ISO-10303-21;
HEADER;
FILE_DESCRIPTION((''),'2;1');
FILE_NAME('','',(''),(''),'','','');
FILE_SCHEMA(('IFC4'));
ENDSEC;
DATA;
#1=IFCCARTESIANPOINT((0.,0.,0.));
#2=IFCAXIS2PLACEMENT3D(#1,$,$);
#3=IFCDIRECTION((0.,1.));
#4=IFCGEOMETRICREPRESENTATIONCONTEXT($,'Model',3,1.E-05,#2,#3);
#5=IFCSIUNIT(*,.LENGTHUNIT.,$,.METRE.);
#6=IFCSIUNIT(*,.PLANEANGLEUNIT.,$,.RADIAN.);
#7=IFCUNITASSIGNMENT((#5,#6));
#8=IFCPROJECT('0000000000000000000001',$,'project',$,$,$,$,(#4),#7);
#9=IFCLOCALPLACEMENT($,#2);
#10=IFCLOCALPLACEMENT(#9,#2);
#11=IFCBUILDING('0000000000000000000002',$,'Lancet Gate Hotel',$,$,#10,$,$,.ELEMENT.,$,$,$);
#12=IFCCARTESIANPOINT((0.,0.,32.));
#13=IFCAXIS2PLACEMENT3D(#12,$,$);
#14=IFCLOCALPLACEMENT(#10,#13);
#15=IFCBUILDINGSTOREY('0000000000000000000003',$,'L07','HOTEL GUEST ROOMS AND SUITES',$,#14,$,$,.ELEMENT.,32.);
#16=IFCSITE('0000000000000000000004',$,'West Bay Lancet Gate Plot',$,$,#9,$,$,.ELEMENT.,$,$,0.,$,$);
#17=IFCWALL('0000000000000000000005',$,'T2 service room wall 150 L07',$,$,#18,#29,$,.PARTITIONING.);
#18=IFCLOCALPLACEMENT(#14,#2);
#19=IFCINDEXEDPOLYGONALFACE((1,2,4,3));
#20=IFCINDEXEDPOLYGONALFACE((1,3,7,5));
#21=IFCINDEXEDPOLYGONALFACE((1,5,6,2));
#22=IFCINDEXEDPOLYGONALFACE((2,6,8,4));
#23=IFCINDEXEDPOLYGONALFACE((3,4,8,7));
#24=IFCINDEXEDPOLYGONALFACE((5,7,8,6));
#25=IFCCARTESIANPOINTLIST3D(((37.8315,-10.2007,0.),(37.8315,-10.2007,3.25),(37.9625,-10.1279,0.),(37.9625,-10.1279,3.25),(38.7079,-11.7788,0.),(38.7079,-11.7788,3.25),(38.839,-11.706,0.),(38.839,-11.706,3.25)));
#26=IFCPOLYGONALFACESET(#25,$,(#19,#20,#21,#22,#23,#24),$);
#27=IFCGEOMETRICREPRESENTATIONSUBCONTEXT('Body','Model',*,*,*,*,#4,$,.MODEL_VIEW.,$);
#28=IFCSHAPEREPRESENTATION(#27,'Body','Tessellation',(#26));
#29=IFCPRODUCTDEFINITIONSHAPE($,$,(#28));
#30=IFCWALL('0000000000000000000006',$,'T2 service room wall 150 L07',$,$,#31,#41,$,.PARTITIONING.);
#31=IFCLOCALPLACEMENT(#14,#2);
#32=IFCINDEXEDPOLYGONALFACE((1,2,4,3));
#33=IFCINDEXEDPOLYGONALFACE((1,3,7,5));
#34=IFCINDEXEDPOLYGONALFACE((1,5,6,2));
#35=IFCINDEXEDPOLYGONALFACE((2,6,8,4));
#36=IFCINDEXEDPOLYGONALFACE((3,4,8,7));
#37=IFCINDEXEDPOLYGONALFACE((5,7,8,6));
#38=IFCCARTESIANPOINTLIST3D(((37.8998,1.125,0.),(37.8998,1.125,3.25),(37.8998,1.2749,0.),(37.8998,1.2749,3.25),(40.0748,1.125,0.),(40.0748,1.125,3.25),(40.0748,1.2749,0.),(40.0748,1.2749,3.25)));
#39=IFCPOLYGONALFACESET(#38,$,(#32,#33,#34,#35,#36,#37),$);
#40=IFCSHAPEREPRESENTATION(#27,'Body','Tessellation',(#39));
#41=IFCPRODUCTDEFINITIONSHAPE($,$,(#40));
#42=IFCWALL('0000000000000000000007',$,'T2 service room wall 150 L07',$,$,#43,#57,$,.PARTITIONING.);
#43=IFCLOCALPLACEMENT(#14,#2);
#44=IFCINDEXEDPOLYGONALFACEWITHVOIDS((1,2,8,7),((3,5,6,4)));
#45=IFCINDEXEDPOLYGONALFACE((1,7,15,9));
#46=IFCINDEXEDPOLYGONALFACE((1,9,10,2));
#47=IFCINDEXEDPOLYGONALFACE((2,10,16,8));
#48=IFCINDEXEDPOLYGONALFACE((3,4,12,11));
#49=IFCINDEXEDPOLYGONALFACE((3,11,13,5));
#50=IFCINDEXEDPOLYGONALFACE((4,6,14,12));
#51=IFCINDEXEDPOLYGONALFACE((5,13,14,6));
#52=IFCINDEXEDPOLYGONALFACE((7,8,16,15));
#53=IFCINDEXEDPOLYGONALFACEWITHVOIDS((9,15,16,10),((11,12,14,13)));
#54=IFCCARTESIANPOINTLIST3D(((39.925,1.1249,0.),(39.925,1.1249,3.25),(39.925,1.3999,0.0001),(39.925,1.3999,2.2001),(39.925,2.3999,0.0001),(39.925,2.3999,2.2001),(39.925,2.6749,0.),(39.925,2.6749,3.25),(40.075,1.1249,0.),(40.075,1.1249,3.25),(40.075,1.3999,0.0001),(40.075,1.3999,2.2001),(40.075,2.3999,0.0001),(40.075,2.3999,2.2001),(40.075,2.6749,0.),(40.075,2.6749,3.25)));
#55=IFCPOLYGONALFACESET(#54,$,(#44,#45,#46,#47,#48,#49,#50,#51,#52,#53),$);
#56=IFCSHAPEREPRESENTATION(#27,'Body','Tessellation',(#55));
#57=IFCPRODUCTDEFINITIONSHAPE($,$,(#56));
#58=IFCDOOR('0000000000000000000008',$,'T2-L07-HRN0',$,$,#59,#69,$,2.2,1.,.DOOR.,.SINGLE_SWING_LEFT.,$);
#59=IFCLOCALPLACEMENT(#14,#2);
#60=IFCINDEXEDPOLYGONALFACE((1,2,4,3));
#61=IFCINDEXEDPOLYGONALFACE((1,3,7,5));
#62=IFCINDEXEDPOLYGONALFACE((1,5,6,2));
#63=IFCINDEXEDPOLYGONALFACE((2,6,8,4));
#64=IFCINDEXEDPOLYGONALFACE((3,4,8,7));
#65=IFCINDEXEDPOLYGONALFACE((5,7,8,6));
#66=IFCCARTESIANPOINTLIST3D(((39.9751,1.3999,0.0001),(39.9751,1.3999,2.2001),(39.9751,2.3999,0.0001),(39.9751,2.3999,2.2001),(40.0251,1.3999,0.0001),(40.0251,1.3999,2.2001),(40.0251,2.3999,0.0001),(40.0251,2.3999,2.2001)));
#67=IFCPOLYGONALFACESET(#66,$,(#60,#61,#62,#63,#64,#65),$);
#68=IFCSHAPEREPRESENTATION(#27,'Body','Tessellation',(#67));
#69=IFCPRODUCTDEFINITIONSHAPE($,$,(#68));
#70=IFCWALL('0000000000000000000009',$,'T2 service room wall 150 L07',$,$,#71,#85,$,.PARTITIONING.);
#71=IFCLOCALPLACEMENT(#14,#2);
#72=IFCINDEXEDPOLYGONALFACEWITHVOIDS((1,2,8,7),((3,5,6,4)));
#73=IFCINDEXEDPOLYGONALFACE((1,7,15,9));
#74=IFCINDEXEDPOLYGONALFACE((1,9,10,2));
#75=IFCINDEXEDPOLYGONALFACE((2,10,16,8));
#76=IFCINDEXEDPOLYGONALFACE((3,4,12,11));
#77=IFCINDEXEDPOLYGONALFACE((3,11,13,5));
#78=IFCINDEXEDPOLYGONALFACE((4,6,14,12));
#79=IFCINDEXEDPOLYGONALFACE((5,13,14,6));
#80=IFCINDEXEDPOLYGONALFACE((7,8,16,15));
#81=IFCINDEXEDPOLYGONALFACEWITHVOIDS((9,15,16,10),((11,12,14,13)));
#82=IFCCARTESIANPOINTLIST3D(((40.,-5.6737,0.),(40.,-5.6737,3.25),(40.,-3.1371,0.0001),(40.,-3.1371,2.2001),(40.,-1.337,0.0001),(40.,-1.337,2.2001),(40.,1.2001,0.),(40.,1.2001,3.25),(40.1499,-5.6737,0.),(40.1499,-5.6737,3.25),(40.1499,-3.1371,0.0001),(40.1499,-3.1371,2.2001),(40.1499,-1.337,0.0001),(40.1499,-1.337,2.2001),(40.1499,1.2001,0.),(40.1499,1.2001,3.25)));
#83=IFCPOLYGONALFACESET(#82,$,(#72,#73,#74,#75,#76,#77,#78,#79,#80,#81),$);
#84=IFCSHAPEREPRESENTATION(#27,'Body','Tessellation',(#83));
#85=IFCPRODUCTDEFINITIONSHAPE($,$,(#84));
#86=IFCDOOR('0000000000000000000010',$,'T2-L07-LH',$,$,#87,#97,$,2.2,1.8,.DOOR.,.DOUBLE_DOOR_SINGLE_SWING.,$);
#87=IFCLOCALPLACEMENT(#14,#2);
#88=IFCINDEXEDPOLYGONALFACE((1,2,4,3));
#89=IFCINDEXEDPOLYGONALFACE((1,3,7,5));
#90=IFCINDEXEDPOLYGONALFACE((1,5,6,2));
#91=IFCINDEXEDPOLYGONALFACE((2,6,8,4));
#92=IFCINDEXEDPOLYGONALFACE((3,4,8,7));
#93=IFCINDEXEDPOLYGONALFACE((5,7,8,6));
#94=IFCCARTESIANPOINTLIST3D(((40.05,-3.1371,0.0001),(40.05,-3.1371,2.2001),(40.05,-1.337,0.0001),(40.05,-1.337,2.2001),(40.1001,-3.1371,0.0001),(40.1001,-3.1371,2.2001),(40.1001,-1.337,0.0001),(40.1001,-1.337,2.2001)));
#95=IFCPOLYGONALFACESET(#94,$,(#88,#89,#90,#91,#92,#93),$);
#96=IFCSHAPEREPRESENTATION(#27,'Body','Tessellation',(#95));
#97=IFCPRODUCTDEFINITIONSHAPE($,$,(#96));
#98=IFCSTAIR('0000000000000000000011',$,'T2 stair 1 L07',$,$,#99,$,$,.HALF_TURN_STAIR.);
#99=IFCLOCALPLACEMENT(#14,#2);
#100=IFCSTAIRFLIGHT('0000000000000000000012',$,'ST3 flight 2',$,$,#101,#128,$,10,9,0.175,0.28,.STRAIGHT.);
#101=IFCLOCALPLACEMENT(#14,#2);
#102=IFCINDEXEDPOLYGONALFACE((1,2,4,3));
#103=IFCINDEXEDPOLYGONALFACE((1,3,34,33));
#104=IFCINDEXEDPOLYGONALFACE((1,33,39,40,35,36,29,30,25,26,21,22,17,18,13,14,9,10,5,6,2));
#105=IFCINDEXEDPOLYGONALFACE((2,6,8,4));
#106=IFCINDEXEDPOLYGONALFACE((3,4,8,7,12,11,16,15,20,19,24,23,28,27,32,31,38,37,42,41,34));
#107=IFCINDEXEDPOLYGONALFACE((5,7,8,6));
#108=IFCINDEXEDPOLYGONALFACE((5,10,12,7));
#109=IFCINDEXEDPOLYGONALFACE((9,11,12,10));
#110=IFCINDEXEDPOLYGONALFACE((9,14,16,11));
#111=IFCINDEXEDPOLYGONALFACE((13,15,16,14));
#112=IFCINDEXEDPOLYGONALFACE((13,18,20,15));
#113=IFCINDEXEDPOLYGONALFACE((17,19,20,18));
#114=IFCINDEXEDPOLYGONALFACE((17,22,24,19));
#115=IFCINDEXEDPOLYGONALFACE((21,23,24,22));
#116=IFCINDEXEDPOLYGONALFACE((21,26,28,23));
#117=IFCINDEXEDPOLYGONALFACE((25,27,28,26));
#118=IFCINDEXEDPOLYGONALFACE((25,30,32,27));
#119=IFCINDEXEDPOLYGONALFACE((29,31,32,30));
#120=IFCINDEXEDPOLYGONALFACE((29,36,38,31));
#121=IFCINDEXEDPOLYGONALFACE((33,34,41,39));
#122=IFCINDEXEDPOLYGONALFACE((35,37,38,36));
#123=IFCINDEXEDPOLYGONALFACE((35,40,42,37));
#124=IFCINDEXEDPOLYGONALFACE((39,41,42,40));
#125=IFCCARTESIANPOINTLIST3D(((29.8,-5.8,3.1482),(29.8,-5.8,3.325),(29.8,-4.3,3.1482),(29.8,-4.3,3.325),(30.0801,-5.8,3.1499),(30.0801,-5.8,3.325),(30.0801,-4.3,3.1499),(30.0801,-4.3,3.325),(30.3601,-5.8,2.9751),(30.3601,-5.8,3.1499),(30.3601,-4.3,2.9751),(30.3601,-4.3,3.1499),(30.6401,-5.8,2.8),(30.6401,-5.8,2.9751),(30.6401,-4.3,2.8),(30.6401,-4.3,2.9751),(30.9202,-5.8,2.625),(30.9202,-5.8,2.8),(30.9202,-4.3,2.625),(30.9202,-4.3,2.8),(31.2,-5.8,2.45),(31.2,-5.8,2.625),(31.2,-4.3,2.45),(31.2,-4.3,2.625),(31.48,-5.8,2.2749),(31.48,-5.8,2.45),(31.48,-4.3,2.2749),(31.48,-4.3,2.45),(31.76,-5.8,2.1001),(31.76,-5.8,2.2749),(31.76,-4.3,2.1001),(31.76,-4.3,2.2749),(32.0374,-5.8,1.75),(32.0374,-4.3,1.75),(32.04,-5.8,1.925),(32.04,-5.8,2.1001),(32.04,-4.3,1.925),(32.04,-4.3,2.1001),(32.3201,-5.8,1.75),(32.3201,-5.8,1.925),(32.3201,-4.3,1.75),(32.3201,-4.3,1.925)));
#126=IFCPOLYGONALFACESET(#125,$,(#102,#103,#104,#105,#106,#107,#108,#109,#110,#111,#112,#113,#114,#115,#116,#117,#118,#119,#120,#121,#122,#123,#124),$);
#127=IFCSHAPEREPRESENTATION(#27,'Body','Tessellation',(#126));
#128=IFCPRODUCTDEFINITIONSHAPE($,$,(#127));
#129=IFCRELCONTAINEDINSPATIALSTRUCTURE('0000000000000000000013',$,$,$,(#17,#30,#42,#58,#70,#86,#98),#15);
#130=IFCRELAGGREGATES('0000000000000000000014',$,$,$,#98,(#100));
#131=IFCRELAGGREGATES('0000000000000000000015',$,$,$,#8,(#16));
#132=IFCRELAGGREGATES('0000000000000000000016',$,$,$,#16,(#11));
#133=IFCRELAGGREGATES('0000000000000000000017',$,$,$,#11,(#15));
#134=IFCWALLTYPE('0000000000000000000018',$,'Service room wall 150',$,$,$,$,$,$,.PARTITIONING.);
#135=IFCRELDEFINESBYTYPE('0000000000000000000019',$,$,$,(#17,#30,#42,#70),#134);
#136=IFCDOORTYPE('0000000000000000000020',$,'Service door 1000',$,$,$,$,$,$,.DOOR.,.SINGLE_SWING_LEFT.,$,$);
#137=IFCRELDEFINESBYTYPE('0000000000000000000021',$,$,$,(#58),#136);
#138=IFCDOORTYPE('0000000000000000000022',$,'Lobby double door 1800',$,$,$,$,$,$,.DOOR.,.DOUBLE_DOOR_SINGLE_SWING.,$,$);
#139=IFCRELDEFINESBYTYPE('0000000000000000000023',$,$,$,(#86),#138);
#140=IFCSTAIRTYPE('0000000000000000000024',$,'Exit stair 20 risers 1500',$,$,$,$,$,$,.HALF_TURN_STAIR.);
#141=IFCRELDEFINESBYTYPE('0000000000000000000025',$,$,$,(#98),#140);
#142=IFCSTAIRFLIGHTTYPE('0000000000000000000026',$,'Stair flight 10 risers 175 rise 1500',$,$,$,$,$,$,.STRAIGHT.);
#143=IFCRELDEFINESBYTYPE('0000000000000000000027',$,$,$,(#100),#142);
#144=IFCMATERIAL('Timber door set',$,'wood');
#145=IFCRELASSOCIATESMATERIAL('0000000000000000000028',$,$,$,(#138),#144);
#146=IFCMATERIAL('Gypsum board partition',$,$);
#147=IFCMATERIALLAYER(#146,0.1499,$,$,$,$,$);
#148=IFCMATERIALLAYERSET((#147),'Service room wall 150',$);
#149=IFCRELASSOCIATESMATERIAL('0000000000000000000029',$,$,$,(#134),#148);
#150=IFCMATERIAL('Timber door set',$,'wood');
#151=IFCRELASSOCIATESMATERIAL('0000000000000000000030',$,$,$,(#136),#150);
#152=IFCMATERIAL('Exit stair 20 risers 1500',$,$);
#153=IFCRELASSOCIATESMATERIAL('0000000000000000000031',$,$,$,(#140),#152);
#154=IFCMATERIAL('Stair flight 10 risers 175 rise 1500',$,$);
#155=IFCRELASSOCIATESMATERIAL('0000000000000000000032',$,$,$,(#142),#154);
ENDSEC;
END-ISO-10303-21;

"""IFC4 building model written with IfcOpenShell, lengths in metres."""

from ifc_helpers import new_model, si_unit, direction, frame, frame_2d, origin, place, context, subcontext, project, spatial, polyline, rectangle, outline, extrude, material, layer, layer_set, type_object, element, fill, aggregate, save


model = new_model("IFC4")

# Units and contexts
model_context = context("Model", 3, precision=1e-05, world=origin(), true_north=direction((0.0, 1.0)))
body_context = subcontext(model_context, "Body", "Model", "MODEL_VIEW")
ifc_project = project(units=[si_unit("LENGTHUNIT", "METRE"), si_unit("PLANEANGLEUNIT", "RADIAN")], contexts=[model_context])

# Site, building, storey
site_placement = place(None, origin())
site = spatial("IfcSite", under=ifc_project, at=site_placement, Name="West Bay Lancet Gate Plot", CompositionType="ELEMENT", RefElevation=0.0)
building_placement = place(site_placement, origin())
building = spatial("IfcBuilding", under=site, at=building_placement, Name="Lancet Gate Hotel", CompositionType="ELEMENT")
storey_placement = place(building_placement, frame((0.0, 0.0, 32.0)))
storey = spatial("IfcBuildingStorey", under=building, at=storey_placement, Name="L07", Description="HOTEL GUEST ROOMS AND SUITES", CompositionType="ELEMENT", Elevation=32.0)

# Shared definitions
ifc_material_1 = material(Name="Timber door set", Category="wood")
door_type_1 = type_object("IfcDoorType", Name="Lobby double door 1800", OperationType="DOUBLE_DOOR_SINGLE_SWING", PredefinedType="DOOR", material=ifc_material_1)

# Walls
ifc_material_2 = material(Name="Gypsum board partition")
ifc_layer_1 = layer(ifc_material_2, 0.1499)
ifc_layer_set_1 = layer_set([ifc_layer_1], Name="Service room wall 150")
wall_type_1 = type_object("IfcWallType", Name="Service room wall 150", PredefinedType="PARTITIONING", material=ifc_layer_set_1)
wall_1_placement = place(storey_placement, frame((38.7734, -11.7424, 0.0), z_axis=(0.0, 0.0, 1.0), x_axis=(-0.485528, 0.874221, 0.0)))
element("IfcWall", 1, at=wall_1_placement, inside=storey, type_object=wall_type_1, Name="T2 service room wall 150 L07", PredefinedType="PARTITIONING", context=body_context, shape_type="SweptSolid", body=[
    extrude(rectangle(XDim=1.8052, YDim=0.1499, at=frame_2d((0.9026, 0.0))), origin(), (0.0, 0.0, 1.0), 3.25),
])
wall_2_placement = place(storey_placement, frame((37.8999, 1.2, 0.0), z_axis=(0.0, 0.0, 1.0), x_axis=(1.0, 0.0, 0.0)))
element("IfcWall", 2, at=wall_2_placement, inside=storey, type_object=wall_type_1, Name="T2 service room wall 150 L07", PredefinedType="PARTITIONING", context=body_context, shape_type="SweptSolid", body=[
    extrude(rectangle(XDim=2.175, YDim=0.1499, at=frame_2d((1.0874, 0.0))), origin(), (0.0, 0.0, 1.0), 3.25),
])

# Walls, openings, doors
wall_3_placement = place(storey_placement, frame((40.0, 1.125, 0.0), z_axis=(0.0, 0.0, 1.0), x_axis=(0.0, 1.0, 0.0)))
wall_3 = element("IfcWall", 3, at=wall_3_placement, inside=storey, type_object=wall_type_1, Name="T2 service room wall 150 L07", PredefinedType="PARTITIONING", context=body_context, shape_type="SweptSolid", body=[
    extrude(rectangle(XDim=1.55, YDim=0.1499, at=frame_2d((0.7749, 0.0))), origin(), (0.0, 0.0, 1.0), 3.25),
])
opening_1_placement = place(wall_3_placement, frame((0.2749, 0.0, 0.0)))
opening_1 = element("IfcOpeningElement", 4, at=opening_1_placement, cuts=wall_3, PredefinedType="OPENING", context=body_context, shape_type="SweptSolid", body=[
    extrude(rectangle(XDim=1.0, YDim=2.2, at=frame_2d((0.5, 1.1001))), frame((0.0, 0.085, 0.0), z_axis=(0.0, -1.0, 0.0), x_axis=(1.0, 0.0, 0.0)), (0.0, 0.0, 1.0), 0.1699),
])
ifc_material_3 = material(Name="Timber door set", Category="wood")
door_type_2 = type_object("IfcDoorType", Name="Service door 1000", OperationType="SINGLE_SWING_LEFT", PredefinedType="DOOR", material=ifc_material_3)
door_1_placement = place(opening_1_placement, origin())
door_1 = element("IfcDoor", 5, at=door_1_placement, inside=storey, type_object=door_type_2, Name="T2-L07-HRN0", OperationType="SINGLE_SWING_LEFT", OverallHeight=2.2, OverallWidth=1.0, PredefinedType="DOOR", context=body_context, shape_type="SweptSolid", body=[
    extrude(rectangle(XDim=1.0, YDim=2.2, at=frame_2d((0.5, 1.1001))), frame((0.0, 0.0249, 0.0), z_axis=(0.0, -1.0, 0.0), x_axis=(1.0, 0.0, 0.0)), (0.0, 0.0, 1.0), 0.05),
])
fill(opening_1, door_1)
wall_4_placement = place(storey_placement, frame((40.075, -5.6738, 0.0), z_axis=(0.0, 0.0, 1.0), x_axis=(0.0, 1.0, 0.0)))
wall_4 = element("IfcWall", 6, at=wall_4_placement, inside=storey, type_object=wall_type_1, Name="T2 service room wall 150 L07", PredefinedType="PARTITIONING", context=body_context, shape_type="SweptSolid", body=[
    extrude(rectangle(XDim=6.8738, YDim=0.1499, at=frame_2d((3.437, 0.0))), origin(), (0.0, 0.0, 1.0), 3.25),
])
opening_2_placement = place(wall_4_placement, frame((2.5369, 0.0, 0.0)))
opening_2 = element("IfcOpeningElement", 7, at=opening_2_placement, cuts=wall_4, PredefinedType="OPENING", context=body_context, shape_type="SweptSolid", body=[
    extrude(rectangle(XDim=1.8, YDim=2.2, at=frame_2d((0.8999, 1.1001))), frame((0.0, 0.085, 0.0), z_axis=(0.0, -1.0, 0.0), x_axis=(1.0, 0.0, 0.0)), (0.0, 0.0, 1.0), 0.1699),
])
door_2_placement = place(opening_2_placement, origin())
door_2 = element("IfcDoor", 8, at=door_2_placement, inside=storey, type_object=door_type_1, Name="T2-L07-LH", OperationType="DOUBLE_DOOR_SINGLE_SWING", OverallHeight=2.2, OverallWidth=1.8, PredefinedType="DOOR", context=body_context, shape_type="SweptSolid", body=[
    extrude(rectangle(XDim=1.8, YDim=2.2, at=frame_2d((0.8999, 1.1001))), frame((0.0, 0.0249, 0.0), z_axis=(0.0, -1.0, 0.0), x_axis=(1.0, 0.0, 0.0)), (0.0, 0.0, 1.0), 0.05),
])
fill(opening_2, door_2)

# Stair, stair flight
ifc_material_4 = material(Name="Exit stair 20 risers 1500")
stair_type = type_object("IfcStairType", Name="Exit stair 20 risers 1500", PredefinedType="HALF_TURN_STAIR", material=ifc_material_4)
stair_placement = place(storey_placement, origin())
stair = element("IfcStair", 9, at=stair_placement, inside=storey, type_object=stair_type, Name="T2 stair 1 L07", PredefinedType="HALF_TURN_STAIR")
ifc_material_5 = material(Name="Stair flight 10 risers 175 rise 1500")
stair_flight_type = type_object("IfcStairFlightType", Name="Stair flight 10 risers 175 rise 1500", PredefinedType="STRAIGHT", material=ifc_material_5)
stair_flight_placement = place(storey_placement, frame((32.3201, -5.05, 1.75), z_axis=(0.0, 0.0, 1.0), x_axis=(-1.0, 0.0, 0.0)))
stair_flight = element("IfcStairFlight", 10, at=stair_flight_placement, type_object=stair_flight_type, Name="ST3 flight 2", NumberOfRisers=10, NumberOfTreads=9, PredefinedType="STRAIGHT", RiserHeight=0.175, TreadLength=0.28, context=body_context, shape_type="SweptSolid", body=[
    extrude(outline(polyline([(0.0, 0.0), (0.0, 0.175), (0.28, 0.175), (0.28, 0.3501), (0.5601, 0.3501), (0.5601, 0.5249), (0.8401, 0.5249), (0.8401, 0.7), (1.1201, 0.7), (1.1201, 0.875), (1.3999, 0.875), (1.3999, 1.05), (1.6799, 1.05), (1.6799, 1.2251), (1.96, 1.2251), (1.96, 1.3999), (2.24, 1.3999), (2.24, 1.575), (2.52, 1.575), (2.52, 1.75), (2.52, 1.3982), (0.2827, 0.0), (0.0, 0.0)])), frame((0.0, 0.75, 0.0), z_axis=(0.0, -1.0, 0.0), x_axis=(1.0, 0.0, 0.0)), (0.0, 0.0, 1.0), 1.5),
])
aggregate(stair, [stair_flight])

save(model, "model.ifc")
